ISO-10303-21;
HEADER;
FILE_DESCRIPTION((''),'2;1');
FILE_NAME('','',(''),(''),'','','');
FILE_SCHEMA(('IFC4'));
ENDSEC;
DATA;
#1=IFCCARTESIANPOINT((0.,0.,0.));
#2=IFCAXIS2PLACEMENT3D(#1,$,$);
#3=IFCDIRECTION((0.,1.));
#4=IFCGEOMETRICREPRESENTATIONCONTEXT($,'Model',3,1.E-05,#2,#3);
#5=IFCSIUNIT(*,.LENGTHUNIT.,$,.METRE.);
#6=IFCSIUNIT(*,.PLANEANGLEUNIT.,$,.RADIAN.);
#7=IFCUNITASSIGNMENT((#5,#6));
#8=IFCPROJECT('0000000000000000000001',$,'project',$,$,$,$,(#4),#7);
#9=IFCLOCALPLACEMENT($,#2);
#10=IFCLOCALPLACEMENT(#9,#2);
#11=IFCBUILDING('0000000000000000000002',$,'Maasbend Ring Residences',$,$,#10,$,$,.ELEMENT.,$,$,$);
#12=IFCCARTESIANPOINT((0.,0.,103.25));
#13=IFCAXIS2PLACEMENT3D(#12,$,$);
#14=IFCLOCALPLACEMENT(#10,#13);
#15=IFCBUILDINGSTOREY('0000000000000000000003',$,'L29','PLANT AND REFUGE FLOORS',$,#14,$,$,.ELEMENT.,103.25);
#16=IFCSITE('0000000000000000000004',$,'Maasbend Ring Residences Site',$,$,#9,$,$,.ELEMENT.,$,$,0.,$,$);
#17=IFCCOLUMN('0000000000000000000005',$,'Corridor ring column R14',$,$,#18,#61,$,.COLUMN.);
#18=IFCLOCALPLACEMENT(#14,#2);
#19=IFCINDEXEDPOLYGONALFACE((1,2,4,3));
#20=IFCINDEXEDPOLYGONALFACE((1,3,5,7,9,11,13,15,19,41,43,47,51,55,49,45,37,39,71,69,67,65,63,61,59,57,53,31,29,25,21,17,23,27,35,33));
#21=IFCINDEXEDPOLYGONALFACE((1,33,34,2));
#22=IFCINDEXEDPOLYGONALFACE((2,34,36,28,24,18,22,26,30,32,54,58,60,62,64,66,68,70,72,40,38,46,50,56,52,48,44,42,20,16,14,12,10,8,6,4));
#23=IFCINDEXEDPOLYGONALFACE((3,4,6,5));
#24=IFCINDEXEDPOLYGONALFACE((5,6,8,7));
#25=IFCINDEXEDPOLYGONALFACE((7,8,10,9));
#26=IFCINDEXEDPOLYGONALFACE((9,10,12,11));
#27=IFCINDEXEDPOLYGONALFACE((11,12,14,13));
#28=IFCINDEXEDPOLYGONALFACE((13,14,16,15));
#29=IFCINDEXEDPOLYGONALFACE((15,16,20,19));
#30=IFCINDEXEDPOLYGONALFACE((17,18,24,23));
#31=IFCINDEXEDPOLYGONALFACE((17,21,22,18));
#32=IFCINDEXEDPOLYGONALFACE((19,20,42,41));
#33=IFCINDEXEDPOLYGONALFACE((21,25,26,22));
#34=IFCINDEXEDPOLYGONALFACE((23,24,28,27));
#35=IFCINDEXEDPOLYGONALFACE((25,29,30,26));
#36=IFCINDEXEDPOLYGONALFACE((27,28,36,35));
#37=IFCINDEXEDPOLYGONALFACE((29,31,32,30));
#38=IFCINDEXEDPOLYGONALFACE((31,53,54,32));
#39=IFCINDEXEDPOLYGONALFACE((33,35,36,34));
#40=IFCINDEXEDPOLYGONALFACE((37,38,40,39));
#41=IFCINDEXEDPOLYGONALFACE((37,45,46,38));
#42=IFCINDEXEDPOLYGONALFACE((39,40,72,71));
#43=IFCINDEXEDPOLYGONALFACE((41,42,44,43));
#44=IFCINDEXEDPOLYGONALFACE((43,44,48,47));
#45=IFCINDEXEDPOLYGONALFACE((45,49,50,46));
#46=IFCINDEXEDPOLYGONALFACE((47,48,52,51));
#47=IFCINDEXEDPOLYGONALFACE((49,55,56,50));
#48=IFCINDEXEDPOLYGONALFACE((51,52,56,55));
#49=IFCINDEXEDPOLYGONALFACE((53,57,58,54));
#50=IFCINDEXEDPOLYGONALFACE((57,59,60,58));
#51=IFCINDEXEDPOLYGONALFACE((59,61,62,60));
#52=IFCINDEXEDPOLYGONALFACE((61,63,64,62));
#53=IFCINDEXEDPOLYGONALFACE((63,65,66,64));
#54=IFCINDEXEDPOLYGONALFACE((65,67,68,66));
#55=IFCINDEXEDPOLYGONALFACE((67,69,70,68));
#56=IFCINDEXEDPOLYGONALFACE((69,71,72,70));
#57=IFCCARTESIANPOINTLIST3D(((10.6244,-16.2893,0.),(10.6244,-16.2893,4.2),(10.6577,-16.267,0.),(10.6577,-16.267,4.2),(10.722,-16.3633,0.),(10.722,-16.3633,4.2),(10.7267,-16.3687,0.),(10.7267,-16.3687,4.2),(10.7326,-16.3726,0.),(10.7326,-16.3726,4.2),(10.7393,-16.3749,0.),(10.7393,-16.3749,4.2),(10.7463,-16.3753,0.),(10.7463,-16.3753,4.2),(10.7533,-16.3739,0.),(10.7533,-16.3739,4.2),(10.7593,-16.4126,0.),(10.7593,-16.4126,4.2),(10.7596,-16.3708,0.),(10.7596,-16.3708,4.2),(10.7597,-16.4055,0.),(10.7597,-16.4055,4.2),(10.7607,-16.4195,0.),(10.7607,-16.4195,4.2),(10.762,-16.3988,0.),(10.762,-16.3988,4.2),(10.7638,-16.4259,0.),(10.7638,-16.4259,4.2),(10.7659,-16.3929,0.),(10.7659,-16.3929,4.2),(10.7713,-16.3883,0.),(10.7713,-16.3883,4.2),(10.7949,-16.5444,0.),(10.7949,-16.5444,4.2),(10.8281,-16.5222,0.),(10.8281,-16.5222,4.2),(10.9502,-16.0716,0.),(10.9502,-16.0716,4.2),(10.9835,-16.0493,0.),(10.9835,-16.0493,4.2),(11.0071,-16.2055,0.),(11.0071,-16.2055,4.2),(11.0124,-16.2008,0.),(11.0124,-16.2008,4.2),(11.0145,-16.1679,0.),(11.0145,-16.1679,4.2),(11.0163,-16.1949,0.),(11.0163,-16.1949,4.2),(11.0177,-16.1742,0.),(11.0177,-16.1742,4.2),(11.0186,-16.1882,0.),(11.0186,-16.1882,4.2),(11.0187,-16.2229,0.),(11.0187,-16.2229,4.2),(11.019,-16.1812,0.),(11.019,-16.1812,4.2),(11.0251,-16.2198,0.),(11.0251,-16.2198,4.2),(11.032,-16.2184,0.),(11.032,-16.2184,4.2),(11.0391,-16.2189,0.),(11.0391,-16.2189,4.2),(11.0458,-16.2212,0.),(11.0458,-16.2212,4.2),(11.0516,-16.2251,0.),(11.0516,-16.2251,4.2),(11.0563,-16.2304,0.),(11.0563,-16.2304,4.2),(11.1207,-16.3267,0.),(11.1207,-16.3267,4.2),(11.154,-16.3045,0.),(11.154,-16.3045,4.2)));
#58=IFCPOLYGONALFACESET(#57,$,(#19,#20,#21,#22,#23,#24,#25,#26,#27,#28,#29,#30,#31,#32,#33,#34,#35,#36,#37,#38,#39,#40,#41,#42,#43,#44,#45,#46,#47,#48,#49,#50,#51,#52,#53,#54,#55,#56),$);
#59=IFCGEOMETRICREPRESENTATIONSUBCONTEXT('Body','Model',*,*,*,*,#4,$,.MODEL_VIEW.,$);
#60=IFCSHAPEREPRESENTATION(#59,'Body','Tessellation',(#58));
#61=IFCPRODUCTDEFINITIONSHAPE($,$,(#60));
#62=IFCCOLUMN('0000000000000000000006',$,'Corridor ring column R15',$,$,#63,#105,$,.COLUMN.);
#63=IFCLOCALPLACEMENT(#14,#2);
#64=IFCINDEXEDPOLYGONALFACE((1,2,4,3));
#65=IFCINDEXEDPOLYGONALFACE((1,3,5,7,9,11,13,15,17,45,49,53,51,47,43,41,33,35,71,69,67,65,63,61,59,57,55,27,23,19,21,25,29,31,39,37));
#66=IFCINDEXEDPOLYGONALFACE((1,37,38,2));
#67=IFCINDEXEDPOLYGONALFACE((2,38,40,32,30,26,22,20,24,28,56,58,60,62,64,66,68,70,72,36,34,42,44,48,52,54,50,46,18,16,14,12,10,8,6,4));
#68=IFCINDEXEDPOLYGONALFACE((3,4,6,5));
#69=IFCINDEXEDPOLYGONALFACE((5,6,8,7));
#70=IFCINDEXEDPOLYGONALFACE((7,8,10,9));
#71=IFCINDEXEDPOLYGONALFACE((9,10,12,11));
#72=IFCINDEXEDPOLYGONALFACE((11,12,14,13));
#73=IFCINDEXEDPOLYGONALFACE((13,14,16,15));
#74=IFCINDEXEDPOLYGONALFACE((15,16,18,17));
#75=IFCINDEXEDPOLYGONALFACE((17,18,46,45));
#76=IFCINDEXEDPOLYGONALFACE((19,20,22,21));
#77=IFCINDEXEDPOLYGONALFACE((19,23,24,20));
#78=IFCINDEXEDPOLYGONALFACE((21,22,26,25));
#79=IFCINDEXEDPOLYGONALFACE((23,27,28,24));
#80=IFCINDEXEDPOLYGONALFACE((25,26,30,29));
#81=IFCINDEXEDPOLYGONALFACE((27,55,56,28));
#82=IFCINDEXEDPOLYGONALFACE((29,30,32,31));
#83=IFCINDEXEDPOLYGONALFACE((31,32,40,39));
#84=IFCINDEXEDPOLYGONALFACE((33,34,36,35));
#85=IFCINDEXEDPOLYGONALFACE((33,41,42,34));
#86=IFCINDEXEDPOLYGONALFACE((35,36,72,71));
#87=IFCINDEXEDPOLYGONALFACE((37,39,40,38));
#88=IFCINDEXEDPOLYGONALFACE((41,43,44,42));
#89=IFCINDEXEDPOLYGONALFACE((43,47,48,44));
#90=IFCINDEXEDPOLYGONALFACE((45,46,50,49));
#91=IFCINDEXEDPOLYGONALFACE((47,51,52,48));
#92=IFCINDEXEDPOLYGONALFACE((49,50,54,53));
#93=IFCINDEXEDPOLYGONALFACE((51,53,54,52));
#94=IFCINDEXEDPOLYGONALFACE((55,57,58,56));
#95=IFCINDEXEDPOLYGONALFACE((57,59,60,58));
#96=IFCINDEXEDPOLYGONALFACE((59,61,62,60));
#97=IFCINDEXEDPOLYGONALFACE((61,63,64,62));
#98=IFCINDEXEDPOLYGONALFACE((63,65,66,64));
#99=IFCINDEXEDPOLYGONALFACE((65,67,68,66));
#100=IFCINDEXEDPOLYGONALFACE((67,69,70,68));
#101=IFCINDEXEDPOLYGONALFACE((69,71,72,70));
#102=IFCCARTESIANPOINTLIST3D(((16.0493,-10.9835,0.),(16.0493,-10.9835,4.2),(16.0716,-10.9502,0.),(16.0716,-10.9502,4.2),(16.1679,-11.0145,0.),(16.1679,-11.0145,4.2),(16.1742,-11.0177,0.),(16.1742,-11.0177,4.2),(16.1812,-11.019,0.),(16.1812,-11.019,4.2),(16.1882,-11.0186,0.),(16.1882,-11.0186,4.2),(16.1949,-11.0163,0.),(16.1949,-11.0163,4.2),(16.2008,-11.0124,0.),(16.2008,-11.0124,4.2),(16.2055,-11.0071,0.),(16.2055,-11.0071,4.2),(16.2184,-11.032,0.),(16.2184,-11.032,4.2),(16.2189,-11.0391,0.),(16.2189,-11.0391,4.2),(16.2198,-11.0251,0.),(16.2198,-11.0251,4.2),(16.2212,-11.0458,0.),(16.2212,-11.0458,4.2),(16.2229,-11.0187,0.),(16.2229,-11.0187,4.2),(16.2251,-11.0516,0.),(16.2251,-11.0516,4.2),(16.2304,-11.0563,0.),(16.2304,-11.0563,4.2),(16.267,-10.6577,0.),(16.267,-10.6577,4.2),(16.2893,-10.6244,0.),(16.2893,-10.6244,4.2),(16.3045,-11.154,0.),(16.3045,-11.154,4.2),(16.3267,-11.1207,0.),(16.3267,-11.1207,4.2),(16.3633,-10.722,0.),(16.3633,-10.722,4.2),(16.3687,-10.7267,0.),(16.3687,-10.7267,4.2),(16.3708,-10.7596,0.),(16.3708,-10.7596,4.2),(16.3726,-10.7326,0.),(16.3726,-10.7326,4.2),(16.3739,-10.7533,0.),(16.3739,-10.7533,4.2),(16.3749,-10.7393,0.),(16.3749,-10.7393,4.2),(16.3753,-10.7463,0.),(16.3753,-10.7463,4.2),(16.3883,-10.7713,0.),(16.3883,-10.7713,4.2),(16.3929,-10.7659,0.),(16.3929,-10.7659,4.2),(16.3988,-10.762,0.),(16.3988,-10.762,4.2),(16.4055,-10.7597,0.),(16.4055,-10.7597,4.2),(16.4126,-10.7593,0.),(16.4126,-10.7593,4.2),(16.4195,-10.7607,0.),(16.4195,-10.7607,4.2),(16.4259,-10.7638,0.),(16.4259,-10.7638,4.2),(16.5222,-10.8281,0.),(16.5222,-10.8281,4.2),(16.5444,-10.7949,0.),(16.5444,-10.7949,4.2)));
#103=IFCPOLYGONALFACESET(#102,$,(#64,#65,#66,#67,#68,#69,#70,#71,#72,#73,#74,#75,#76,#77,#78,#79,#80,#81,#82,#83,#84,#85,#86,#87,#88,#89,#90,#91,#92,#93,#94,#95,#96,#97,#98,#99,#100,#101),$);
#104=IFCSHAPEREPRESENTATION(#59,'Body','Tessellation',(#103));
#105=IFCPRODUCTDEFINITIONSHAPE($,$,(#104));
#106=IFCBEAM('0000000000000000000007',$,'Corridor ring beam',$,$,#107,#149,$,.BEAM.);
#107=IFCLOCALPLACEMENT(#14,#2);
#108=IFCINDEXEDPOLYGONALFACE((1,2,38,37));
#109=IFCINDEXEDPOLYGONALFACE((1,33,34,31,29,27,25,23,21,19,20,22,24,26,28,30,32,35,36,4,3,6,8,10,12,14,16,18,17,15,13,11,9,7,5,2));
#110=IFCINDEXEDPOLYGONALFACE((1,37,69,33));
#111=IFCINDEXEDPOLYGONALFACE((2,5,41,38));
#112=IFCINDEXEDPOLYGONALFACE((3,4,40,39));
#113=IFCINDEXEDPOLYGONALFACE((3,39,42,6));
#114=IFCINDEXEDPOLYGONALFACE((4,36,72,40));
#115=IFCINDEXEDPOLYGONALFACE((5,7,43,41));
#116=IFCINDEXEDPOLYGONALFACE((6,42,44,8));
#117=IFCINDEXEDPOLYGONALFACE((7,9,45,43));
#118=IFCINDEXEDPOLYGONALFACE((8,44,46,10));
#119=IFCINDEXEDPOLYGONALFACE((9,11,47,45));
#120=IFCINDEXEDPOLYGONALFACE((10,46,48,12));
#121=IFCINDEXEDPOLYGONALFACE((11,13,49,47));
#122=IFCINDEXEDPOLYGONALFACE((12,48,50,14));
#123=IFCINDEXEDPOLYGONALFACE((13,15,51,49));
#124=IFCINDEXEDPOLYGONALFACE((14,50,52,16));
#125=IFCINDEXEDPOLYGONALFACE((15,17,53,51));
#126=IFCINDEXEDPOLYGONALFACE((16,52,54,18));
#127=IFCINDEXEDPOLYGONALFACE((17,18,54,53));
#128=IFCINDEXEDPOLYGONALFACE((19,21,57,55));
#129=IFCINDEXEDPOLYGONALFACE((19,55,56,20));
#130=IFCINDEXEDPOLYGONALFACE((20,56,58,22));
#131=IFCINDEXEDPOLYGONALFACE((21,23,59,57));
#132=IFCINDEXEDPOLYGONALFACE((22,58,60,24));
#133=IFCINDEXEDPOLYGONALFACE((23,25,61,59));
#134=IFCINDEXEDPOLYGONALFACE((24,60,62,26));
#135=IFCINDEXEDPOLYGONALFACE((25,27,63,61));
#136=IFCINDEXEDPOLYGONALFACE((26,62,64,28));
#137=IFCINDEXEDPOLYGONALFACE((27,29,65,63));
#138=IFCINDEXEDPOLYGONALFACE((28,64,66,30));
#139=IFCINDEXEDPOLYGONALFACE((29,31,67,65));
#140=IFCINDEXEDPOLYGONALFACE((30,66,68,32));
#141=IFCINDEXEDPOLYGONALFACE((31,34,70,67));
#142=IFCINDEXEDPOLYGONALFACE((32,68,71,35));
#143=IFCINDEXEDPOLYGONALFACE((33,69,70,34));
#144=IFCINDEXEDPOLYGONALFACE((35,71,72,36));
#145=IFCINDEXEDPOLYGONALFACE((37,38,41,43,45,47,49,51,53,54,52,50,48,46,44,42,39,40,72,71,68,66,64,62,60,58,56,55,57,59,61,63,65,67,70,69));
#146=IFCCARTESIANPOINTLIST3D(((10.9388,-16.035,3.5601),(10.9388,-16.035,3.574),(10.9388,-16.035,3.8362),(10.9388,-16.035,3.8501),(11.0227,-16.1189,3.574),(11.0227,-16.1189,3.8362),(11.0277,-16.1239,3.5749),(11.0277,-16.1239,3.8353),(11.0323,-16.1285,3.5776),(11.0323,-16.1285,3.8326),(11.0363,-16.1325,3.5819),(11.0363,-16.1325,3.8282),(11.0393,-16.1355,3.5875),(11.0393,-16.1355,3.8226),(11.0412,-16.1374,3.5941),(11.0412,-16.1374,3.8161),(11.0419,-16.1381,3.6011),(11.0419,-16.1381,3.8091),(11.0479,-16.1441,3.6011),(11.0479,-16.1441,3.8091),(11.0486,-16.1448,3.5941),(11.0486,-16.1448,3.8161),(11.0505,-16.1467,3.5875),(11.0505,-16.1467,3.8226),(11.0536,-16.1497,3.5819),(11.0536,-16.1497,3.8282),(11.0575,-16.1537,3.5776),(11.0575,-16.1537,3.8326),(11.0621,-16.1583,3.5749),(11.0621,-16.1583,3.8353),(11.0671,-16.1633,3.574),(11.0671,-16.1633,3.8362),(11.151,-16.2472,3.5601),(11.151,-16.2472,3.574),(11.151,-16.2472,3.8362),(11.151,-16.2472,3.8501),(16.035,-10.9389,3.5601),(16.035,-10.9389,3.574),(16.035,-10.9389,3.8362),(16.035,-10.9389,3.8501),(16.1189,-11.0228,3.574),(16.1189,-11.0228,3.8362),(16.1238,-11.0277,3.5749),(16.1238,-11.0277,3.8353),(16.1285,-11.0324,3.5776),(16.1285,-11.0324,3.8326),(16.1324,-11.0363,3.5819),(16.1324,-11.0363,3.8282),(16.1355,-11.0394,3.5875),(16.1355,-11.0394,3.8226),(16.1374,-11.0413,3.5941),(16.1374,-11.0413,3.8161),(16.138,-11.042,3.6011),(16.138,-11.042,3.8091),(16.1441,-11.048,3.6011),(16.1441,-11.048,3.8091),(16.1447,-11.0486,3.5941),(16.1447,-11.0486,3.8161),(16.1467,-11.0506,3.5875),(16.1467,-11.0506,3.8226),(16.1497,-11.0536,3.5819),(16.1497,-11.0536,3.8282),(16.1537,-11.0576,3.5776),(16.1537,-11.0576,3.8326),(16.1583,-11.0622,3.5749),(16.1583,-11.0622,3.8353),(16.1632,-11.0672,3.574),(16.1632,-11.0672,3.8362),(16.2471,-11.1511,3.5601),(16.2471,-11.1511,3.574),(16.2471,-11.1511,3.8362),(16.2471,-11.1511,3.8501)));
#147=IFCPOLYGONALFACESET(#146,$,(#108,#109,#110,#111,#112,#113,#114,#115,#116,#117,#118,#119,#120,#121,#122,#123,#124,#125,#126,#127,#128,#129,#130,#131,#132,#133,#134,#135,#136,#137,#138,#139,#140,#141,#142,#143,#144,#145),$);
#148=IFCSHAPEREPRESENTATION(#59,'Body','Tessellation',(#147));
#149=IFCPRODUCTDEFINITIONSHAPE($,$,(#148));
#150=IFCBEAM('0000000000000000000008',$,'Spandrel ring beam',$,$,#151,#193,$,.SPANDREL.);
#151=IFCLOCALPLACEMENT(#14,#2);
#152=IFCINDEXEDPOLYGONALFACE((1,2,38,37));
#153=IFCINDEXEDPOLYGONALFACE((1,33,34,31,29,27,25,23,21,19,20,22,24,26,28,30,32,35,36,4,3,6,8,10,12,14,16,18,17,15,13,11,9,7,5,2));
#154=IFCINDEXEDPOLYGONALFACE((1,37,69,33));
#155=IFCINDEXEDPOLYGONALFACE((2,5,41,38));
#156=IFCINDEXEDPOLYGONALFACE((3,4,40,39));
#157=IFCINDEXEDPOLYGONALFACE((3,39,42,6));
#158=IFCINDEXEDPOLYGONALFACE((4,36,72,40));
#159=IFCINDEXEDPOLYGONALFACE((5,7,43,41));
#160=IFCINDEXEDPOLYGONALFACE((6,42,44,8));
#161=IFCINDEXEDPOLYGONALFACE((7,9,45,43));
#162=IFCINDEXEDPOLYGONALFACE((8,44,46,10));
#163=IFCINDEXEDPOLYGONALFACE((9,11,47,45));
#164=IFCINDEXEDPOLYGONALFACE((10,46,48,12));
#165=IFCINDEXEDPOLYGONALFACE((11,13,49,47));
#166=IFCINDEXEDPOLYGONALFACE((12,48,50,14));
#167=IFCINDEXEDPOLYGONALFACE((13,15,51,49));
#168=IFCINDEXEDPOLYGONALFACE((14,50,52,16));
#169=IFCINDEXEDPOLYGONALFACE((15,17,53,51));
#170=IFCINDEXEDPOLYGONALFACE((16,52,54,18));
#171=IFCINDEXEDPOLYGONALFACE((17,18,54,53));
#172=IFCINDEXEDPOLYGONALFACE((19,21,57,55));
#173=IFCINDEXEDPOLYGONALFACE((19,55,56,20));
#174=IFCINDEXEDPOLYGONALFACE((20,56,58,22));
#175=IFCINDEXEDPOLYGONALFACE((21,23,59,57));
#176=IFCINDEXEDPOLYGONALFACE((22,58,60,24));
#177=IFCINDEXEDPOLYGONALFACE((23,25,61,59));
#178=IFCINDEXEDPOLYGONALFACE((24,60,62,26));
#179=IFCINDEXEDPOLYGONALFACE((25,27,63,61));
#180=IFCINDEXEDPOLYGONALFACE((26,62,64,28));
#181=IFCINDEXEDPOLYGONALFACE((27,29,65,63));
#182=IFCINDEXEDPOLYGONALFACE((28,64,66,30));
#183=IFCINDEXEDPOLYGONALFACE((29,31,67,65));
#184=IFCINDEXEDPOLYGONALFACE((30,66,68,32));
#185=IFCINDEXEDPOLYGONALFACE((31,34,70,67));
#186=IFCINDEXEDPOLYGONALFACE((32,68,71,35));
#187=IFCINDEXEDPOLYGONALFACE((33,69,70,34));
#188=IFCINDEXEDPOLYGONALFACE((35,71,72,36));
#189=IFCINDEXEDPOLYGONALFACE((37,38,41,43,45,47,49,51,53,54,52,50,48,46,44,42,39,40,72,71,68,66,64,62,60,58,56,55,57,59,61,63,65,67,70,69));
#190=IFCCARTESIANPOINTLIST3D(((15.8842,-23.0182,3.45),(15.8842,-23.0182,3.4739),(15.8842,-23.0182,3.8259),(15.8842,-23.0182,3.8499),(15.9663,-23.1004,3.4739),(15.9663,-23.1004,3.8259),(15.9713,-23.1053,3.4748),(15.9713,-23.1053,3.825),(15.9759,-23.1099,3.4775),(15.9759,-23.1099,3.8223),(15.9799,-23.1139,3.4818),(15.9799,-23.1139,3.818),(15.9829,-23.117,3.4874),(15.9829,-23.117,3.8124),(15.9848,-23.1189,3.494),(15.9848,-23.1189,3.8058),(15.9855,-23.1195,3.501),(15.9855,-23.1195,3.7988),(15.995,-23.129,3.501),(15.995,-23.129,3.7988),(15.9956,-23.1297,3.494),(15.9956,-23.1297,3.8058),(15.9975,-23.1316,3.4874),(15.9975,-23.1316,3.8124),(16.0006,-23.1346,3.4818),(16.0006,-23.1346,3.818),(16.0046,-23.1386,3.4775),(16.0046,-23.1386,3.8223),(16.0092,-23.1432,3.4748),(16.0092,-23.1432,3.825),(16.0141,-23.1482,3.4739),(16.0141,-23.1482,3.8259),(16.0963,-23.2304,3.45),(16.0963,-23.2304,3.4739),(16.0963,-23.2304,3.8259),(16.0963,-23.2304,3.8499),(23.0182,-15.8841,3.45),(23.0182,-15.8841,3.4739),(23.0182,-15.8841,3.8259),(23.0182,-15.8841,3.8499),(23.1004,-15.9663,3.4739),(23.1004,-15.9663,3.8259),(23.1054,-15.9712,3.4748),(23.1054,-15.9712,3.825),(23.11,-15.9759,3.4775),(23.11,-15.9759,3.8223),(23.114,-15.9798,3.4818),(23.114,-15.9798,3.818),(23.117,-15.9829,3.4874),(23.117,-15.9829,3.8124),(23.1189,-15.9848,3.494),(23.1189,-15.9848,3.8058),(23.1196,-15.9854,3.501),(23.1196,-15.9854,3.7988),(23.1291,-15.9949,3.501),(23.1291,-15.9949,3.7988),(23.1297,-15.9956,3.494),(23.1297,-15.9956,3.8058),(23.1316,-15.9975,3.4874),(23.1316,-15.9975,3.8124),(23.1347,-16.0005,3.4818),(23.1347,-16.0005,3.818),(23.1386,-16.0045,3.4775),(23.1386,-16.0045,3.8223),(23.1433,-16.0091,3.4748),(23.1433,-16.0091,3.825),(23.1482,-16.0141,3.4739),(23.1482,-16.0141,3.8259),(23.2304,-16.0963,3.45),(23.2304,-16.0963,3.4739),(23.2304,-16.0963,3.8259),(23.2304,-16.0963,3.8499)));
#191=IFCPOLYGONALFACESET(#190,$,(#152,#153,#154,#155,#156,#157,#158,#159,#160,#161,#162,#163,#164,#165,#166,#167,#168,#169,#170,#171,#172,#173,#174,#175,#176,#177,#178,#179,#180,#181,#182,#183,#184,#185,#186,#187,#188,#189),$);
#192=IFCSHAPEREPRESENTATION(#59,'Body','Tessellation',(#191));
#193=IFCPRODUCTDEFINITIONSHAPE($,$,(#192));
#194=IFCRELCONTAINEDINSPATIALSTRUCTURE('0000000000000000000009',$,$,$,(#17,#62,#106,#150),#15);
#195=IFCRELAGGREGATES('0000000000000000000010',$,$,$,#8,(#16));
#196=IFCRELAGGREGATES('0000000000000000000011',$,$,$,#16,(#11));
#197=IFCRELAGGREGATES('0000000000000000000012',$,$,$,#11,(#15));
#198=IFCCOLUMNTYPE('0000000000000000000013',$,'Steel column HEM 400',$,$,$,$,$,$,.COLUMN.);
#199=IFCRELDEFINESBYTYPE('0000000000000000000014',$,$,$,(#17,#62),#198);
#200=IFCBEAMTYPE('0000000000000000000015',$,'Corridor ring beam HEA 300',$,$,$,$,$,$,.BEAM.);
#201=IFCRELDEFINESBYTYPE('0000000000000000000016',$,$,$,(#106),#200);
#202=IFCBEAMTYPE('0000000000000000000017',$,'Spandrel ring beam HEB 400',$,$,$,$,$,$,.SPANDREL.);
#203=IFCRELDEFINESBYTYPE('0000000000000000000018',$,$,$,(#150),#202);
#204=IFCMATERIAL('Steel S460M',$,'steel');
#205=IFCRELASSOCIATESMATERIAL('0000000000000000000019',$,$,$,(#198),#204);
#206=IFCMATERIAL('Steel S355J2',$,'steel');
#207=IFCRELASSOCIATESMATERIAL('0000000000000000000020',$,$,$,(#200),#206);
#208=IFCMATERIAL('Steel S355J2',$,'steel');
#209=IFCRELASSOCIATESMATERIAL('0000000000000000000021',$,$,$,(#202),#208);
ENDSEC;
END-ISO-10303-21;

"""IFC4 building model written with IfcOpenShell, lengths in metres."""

from ifc_helpers import new_model, si_unit, direction, frame, origin, origin_2d, place, context, subcontext, project, spatial, i_section, extrude, material, material_profile, profile_set, type_object, element, save


model = new_model("IFC4")

# Units and contexts
model_context = context("Model", 3, precision=1e-05, world=origin(), true_north=direction((0.0, 1.0)))
body_context = subcontext(model_context, "Body", "Model", "MODEL_VIEW")
ifc_project = project(units=[si_unit("LENGTHUNIT", "METRE"), si_unit("PLANEANGLEUNIT", "RADIAN")], contexts=[model_context])

# Site, building, storey
site_placement = place(None, origin())
site = spatial("IfcSite", under=ifc_project, at=site_placement, Name="Maasbend Ring Residences Site", CompositionType="ELEMENT", RefElevation=0.0)
building_placement = place(site_placement, origin())
building = spatial("IfcBuilding", under=site, at=building_placement, Name="Maasbend Ring Residences", CompositionType="ELEMENT")
storey_placement = place(building_placement, frame((0.0, 0.0, 103.25)))
storey = spatial("IfcBuildingStorey", under=building, at=storey_placement, Name="L29", Description="PLANT AND REFUGE FLOORS", CompositionType="ELEMENT", Elevation=103.25)

# Columns
ifc_material_1 = material(Name="Steel S460M", Category="steel")
ifc_material_profile_1 = material_profile(ifc_material_1, i_section(OverallWidth=0.3069, OverallDepth=0.4319, WebThickness=0.021, FlangeThickness=0.04, FilletRadius=0.0271, at=origin_2d()), Name="HEM 400")
ifc_profile_set_1 = profile_set([ifc_material_profile_1], Name="Steel S460M")
column_type_1 = type_object("IfcColumnType", Name="Steel column HEM 400", PredefinedType="COLUMN", material=ifc_profile_set_1)
for number, where, z_axis, x_axis, name in (
    (1, (10.8892, -16.2969, 0.0), (0.0, 0.0, 1.0), (0.55557, -0.83147, 0.0), "Corridor ring column R14"),
    (2, (16.2969, -10.8892, 0.0), (0.0, 0.0, 1.0), (0.83147, -0.55557, 0.0), "Corridor ring column R15"),
):
    element("IfcColumn", number, at=place(storey_placement, frame(where, z_axis=z_axis, x_axis=x_axis)), inside=storey, type_object=column_type_1, Name=name, PredefinedType="COLUMN", context=body_context, shape_type="SweptSolid", body=[
        extrude(i_section(OverallWidth=0.3069, OverallDepth=0.4319, WebThickness=0.021, FlangeThickness=0.04, FilletRadius=0.0271, at=origin_2d()), origin(), (0.0, 0.0, 1.0), 4.2),
    ])

# Beams
ifc_material_2 = material(Name="Steel S355J2", Category="steel")
ifc_material_profile_2 = material_profile(ifc_material_2, i_section(OverallWidth=0.3, OverallDepth=0.29, WebThickness=0.0085, FlangeThickness=0.0139, FilletRadius=0.0271, at=origin_2d()), Name="HEA 300")
ifc_profile_set_2 = profile_set([ifc_material_profile_2], Name="Steel S355J2")
beam_type_1 = type_object("IfcBeamType", Name="Corridor ring beam HEA 300", PredefinedType="BEAM", material=ifc_profile_set_2)
beam_1_placement = place(storey_placement, frame((11.0449, -16.1411, 3.7051), z_axis=(0.707107, 0.707107, 0.0), x_axis=(-0.707107, 0.707107, 0.0)))
element("IfcBeam", 3, at=beam_1_placement, inside=storey, type_object=beam_type_1, Name="Corridor ring beam", PredefinedType="BEAM", context=body_context, shape_type="SweptSolid", body=[
    extrude(i_section(OverallWidth=0.3, OverallDepth=0.29, WebThickness=0.0085, FlangeThickness=0.0139, FilletRadius=0.0271, at=origin_2d()), origin(), (0.0, 0.0, 1.0), 7.207),
])
ifc_material_3 = material(Name="Steel S355J2", Category="steel")
ifc_material_profile_3 = material_profile(ifc_material_3, i_section(OverallWidth=0.3, OverallDepth=0.3999, WebThickness=0.0134, FlangeThickness=0.0239, FilletRadius=0.0271, at=origin_2d()), Name="HEB 400")
ifc_profile_set_3 = profile_set([ifc_material_profile_3], Name="Steel S355J2")
beam_type_2 = type_object("IfcBeamType", Name="Spandrel ring beam HEB 400", PredefinedType="SPANDREL", material=ifc_profile_set_3)
beam_2_placement = place(storey_placement, frame((15.9902, -23.1243, 3.6499), z_axis=(0.707107, 0.707107, 0.0), x_axis=(-0.707107, 0.707107, 0.0)))
element("IfcBeam", 4, at=beam_2_placement, inside=storey, type_object=beam_type_2, Name="Spandrel ring beam", PredefinedType="SPANDREL", context=body_context, shape_type="SweptSolid", body=[
    extrude(i_section(OverallWidth=0.3, OverallDepth=0.3999, WebThickness=0.0134, FlangeThickness=0.0239, FilletRadius=0.0271, at=origin_2d()), origin(), (0.0, 0.0, 1.0), 10.0891),
])

save(model, "model.ifc")
